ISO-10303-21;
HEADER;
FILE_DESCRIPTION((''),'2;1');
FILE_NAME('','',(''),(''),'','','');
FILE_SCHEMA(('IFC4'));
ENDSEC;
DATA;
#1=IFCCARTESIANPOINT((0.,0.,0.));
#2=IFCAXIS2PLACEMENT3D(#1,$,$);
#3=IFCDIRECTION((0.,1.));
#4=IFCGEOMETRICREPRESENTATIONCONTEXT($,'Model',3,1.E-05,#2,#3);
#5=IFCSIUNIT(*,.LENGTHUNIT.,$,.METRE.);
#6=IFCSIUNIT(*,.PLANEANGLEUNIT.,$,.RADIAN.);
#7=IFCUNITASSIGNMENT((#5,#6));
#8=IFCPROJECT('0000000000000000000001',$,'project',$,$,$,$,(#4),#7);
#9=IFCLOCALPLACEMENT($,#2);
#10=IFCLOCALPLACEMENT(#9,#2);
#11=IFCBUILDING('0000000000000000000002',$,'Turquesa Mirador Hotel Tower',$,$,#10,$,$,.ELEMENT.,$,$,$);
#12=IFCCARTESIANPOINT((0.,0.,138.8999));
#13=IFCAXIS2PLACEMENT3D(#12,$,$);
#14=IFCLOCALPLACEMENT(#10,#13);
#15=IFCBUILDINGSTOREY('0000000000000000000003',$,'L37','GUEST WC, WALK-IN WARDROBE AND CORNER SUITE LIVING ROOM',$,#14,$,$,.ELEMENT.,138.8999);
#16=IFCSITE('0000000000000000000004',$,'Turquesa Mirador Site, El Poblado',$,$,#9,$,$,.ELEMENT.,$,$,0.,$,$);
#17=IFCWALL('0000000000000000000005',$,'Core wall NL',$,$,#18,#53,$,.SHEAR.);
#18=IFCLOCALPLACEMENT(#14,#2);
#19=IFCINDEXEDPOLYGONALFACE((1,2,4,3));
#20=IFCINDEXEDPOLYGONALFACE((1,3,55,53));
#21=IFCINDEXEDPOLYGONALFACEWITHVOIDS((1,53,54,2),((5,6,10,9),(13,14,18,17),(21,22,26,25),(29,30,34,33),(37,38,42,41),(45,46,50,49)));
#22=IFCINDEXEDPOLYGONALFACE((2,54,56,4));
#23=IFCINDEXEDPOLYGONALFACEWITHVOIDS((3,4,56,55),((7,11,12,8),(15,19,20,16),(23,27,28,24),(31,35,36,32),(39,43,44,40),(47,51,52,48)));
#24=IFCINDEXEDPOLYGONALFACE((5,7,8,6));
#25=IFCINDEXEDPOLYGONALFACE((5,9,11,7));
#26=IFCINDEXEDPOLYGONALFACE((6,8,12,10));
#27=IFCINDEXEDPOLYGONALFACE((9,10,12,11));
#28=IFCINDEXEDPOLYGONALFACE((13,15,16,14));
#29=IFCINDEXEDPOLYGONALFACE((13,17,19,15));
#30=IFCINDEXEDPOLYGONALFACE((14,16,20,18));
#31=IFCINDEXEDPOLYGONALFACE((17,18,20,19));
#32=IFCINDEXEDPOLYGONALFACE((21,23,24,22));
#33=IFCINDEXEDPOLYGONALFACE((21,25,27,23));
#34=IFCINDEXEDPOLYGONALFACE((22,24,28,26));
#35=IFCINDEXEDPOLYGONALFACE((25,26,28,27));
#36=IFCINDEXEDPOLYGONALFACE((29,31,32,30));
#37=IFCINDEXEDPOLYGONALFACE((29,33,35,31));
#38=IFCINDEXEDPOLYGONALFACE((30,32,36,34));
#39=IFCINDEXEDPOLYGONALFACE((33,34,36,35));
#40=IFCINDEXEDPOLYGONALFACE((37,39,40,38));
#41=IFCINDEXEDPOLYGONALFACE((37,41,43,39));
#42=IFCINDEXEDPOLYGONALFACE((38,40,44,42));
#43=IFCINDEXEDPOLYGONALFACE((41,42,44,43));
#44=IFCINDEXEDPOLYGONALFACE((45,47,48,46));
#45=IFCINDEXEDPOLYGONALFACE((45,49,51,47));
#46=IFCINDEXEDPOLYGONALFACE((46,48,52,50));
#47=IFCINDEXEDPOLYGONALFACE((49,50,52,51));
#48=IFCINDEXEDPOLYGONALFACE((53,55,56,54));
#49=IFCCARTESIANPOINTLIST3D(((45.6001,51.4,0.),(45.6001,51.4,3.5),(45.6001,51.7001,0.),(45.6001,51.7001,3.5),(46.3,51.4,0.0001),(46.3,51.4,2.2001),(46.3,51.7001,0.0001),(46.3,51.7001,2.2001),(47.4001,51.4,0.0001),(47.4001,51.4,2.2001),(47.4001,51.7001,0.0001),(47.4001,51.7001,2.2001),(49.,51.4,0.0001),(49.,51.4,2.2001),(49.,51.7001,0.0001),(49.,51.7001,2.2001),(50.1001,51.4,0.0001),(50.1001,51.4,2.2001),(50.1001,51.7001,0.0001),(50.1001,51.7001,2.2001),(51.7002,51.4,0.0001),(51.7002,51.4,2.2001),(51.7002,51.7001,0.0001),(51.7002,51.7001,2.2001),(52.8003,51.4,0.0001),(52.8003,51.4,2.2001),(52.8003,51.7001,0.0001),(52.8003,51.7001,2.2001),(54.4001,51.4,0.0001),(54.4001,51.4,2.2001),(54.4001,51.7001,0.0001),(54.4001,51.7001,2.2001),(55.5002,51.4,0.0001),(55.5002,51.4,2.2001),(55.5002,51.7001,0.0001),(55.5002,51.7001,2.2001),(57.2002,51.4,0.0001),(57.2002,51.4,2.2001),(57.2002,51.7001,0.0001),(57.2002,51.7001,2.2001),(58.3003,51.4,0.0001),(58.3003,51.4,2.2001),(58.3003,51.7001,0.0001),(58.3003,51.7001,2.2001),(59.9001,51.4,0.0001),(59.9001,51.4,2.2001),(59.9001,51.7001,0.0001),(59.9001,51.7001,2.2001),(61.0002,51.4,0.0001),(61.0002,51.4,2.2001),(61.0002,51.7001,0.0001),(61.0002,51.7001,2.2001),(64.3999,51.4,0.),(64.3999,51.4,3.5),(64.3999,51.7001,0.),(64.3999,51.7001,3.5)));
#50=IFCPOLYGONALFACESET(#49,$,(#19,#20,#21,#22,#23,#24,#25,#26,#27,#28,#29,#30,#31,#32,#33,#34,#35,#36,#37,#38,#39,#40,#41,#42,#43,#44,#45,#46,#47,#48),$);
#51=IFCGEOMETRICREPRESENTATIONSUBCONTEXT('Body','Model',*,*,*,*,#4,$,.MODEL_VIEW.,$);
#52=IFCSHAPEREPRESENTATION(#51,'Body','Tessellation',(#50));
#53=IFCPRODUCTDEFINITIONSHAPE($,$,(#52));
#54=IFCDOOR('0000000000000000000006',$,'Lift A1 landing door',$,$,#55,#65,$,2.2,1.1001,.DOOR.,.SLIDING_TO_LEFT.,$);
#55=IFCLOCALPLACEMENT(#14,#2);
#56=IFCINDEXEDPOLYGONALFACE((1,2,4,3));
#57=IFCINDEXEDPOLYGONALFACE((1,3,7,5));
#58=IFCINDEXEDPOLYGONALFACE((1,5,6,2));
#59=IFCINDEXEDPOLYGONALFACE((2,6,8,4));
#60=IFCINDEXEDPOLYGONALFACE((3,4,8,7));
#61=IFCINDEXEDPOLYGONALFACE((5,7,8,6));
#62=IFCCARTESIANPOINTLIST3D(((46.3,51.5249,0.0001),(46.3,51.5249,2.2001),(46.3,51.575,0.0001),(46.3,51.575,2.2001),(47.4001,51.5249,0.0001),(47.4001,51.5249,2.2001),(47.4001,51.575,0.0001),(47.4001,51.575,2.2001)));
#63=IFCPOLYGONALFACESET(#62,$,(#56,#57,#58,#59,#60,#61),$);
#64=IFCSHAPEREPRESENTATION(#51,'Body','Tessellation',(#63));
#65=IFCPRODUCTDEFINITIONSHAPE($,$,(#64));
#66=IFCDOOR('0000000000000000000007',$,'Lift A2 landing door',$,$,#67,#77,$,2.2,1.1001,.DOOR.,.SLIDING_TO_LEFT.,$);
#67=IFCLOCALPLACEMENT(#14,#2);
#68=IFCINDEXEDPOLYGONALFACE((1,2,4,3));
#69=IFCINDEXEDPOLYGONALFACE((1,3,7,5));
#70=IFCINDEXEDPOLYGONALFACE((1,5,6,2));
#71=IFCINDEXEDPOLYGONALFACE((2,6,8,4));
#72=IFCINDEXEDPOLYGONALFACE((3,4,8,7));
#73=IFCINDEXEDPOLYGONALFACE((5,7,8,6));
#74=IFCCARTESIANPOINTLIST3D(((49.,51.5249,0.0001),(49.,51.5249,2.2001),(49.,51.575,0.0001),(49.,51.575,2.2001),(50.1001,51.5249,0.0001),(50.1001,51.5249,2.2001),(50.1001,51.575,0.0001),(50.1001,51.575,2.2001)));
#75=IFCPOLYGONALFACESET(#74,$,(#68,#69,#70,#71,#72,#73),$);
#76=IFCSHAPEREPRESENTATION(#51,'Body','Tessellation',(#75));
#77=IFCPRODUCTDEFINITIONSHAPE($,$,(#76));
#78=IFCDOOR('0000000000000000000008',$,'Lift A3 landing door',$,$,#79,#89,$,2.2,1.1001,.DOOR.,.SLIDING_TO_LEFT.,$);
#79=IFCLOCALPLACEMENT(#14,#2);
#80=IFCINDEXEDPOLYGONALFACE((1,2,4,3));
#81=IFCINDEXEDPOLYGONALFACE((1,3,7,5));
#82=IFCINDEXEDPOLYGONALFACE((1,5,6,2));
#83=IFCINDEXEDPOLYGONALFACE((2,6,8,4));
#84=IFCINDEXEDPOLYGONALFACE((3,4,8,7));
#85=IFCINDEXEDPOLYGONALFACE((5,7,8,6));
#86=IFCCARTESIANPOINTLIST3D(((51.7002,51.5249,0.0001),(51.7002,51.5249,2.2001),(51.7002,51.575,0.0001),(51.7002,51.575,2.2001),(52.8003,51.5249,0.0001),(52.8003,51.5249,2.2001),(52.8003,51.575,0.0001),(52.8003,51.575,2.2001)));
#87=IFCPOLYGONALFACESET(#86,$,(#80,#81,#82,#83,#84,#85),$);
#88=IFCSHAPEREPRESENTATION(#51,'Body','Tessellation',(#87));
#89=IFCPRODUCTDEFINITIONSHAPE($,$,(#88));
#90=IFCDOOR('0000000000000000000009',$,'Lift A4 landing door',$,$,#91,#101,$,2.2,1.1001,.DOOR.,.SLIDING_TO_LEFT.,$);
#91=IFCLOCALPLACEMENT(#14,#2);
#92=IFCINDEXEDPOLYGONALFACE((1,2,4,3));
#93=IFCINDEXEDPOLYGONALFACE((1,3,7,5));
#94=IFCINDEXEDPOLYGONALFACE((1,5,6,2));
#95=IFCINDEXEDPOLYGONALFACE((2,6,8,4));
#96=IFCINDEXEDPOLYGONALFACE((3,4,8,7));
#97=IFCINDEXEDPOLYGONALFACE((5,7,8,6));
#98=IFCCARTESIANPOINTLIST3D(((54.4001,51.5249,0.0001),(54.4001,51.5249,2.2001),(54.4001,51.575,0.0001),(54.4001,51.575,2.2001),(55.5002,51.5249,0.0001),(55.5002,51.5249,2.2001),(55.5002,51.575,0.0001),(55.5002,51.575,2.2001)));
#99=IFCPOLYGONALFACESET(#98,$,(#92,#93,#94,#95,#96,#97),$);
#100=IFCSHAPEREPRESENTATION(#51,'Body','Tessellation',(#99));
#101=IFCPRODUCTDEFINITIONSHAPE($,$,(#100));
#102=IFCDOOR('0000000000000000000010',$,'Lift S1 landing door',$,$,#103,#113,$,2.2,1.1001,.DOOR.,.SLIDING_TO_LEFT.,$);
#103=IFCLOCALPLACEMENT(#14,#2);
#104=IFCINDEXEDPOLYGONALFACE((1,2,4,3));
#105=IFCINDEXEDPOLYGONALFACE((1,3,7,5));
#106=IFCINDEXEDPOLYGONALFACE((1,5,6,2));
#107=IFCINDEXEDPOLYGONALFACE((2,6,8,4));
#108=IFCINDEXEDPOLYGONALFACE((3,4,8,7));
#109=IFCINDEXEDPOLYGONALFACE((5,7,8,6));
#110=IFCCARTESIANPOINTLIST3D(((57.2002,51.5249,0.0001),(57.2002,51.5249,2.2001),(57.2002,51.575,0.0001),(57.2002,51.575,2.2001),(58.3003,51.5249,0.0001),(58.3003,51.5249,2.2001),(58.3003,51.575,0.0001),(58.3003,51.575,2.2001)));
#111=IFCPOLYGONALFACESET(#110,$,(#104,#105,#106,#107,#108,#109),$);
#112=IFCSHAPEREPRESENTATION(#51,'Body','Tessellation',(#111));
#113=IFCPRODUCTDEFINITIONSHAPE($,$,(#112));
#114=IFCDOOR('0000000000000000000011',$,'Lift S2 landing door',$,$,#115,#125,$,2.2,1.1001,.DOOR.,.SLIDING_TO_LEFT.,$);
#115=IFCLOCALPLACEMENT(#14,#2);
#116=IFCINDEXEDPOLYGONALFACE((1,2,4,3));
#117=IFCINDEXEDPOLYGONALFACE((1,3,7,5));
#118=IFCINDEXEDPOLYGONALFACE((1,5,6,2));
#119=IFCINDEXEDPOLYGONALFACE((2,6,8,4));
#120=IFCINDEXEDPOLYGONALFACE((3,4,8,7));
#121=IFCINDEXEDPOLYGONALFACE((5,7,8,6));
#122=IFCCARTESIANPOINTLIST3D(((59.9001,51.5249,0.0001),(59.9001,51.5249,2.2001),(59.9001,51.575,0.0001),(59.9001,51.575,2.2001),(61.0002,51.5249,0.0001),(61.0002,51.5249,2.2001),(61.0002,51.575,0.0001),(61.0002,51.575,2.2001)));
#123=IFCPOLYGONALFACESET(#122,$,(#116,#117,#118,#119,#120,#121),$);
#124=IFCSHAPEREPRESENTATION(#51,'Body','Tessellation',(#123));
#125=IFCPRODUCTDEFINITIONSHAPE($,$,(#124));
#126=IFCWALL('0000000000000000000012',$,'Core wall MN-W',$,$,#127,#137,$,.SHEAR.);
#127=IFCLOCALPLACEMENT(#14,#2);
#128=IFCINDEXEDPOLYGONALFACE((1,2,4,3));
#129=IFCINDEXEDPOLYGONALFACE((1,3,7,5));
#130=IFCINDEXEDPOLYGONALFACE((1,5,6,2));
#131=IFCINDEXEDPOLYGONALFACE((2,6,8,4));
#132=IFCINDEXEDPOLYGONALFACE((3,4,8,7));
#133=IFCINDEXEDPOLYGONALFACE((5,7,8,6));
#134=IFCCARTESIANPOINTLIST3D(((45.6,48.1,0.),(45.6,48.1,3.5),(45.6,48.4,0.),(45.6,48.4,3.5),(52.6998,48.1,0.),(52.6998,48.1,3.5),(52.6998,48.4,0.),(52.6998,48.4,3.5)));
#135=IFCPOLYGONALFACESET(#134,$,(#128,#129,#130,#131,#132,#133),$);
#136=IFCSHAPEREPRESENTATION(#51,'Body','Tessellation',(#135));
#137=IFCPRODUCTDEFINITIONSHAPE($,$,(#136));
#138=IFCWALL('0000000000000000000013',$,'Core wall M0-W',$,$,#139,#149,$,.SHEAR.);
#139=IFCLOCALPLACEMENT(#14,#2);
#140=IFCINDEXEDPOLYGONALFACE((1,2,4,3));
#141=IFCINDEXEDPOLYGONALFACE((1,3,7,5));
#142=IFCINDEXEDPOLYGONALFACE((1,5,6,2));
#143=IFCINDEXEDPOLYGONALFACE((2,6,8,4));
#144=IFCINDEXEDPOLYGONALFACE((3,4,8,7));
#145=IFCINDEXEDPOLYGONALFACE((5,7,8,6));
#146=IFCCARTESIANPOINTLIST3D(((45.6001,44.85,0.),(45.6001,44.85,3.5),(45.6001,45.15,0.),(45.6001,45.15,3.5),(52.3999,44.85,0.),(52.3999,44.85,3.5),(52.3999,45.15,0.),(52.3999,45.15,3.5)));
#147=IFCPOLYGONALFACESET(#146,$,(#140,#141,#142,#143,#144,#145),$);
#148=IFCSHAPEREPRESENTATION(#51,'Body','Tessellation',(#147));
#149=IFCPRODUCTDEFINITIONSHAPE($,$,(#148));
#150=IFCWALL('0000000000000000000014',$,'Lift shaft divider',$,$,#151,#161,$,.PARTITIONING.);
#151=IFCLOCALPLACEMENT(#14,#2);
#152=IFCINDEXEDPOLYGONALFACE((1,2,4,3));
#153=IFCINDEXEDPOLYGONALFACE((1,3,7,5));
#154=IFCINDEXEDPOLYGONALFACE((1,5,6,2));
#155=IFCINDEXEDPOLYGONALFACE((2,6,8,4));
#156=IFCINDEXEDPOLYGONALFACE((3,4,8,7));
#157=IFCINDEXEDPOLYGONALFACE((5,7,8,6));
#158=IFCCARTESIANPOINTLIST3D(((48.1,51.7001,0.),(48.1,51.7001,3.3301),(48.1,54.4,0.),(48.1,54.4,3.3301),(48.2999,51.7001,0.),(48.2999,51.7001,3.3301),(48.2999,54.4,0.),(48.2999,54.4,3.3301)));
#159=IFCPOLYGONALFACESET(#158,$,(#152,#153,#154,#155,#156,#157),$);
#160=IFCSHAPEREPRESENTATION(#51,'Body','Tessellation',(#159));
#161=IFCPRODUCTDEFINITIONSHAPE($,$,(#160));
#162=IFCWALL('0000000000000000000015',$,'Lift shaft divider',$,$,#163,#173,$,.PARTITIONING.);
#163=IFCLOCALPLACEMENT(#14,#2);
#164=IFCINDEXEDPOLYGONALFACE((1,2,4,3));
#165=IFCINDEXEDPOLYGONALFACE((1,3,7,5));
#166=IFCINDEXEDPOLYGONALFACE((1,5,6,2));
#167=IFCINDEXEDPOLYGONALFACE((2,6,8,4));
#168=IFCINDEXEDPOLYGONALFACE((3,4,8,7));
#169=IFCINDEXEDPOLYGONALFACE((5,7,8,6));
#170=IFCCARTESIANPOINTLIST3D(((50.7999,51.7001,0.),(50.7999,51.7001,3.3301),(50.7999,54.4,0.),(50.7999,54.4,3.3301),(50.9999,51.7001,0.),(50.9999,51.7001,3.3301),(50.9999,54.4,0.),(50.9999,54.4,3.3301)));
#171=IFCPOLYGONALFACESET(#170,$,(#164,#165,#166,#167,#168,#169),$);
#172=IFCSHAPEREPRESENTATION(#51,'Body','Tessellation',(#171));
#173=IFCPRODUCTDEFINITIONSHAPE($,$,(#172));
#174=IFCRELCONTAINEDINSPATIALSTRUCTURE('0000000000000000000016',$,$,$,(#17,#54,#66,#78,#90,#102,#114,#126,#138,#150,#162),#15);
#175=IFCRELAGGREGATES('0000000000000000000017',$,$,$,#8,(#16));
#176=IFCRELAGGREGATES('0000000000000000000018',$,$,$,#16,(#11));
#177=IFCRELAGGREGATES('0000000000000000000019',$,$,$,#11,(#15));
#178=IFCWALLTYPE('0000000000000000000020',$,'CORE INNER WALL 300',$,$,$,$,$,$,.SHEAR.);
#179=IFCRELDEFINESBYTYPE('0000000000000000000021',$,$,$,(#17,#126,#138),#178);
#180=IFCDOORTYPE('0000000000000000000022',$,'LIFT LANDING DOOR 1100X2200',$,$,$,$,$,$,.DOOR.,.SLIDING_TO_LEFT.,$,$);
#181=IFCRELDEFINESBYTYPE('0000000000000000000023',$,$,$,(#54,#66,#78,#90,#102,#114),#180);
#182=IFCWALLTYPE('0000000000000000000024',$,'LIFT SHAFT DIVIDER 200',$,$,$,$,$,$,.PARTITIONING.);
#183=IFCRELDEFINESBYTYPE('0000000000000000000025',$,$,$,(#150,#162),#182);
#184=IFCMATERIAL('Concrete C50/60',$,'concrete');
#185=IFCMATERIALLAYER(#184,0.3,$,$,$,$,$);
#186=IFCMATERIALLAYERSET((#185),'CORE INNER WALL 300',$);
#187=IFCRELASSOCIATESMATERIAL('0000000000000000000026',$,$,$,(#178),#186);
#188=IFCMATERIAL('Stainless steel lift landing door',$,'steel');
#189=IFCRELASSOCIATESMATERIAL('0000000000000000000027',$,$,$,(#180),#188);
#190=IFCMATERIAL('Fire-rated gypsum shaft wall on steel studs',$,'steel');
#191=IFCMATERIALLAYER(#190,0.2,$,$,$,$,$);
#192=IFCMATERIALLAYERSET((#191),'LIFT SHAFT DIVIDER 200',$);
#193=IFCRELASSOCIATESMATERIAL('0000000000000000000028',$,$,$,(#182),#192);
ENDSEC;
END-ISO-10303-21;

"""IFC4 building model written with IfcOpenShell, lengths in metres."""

from ifc_helpers import new_model, si_unit, direction, frame, frame_2d, origin, place, context, subcontext, project, spatial, rectangle, extrude, material, layer, layer_set, type_object, element, fill, save


model = new_model("IFC4")

# Units and contexts
model_context = context("Model", 3, precision=1e-05, world=origin(), true_north=direction((0.0, 1.0)))
body_context = subcontext(model_context, "Body", "Model", "MODEL_VIEW")
ifc_project = project(units=[si_unit("LENGTHUNIT", "METRE"), si_unit("PLANEANGLEUNIT", "RADIAN")], contexts=[model_context])

# Site, building, storey
site_placement = place(None, origin())
site = spatial("IfcSite", under=ifc_project, at=site_placement, Name="Turquesa Mirador Site, El Poblado", CompositionType="ELEMENT", RefElevation=0.0)
building_placement = place(site_placement, origin())
building = spatial("IfcBuilding", under=site, at=building_placement, Name="Turquesa Mirador Hotel Tower", CompositionType="ELEMENT")
storey_placement = place(building_placement, frame((0.0, 0.0, 138.8999)))
storey = spatial("IfcBuildingStorey", under=building, at=storey_placement, Name="L37", Description="GUEST WC, WALK-IN WARDROBE AND CORNER SUITE LIVING ROOM", CompositionType="ELEMENT", Elevation=138.8999)

# Wall, openings, doors
ifc_material_1 = material(Name="Concrete C50/60", Category="concrete")
ifc_layer_1 = layer(ifc_material_1, 0.3)
ifc_layer_set_1 = layer_set([ifc_layer_1], Name="CORE INNER WALL 300")
wall_type_1 = type_object("IfcWallType", Name="CORE INNER WALL 300", PredefinedType="SHEAR", material=ifc_layer_set_1)
wall_1_placement = place(storey_placement, frame((45.6001, 51.55, 0.0), z_axis=(0.0, 0.0, 1.0), x_axis=(1.0, 0.0, 0.0)))
wall_1 = element("IfcWall", 1, at=wall_1_placement, inside=storey, type_object=wall_type_1, Name="Core wall NL", PredefinedType="SHEAR", context=body_context, shape_type="SweptSolid", body=[
    extrude(rectangle(XDim=18.7998, YDim=0.3, at=frame_2d((9.3999, 0.0))), origin(), (0.0, 0.0, 1.0), 3.5),
])
opening_1_placement = place(wall_1_placement, frame((0.7, 0.0, 0.0)))
opening_1 = element("IfcOpeningElement", 2, at=opening_1_placement, cuts=wall_1, PredefinedType="OPENING", context=body_context, shape_type="SweptSolid", body=[
    extrude(rectangle(XDim=1.1001, YDim=2.2, at=frame_2d((0.55, 1.1001))), frame((0.0, 0.1599, 0.0), z_axis=(0.0, -1.0, 0.0), x_axis=(1.0, 0.0, 0.0)), (0.0, 0.0, 1.0), 0.3201),
])
opening_2_placement = place(wall_1_placement, frame((3.3999, 0.0, 0.0)))
opening_2 = element("IfcOpeningElement", 3, at=opening_2_placement, cuts=wall_1, PredefinedType="OPENING", context=body_context, shape_type="SweptSolid", body=[
    extrude(rectangle(XDim=1.1001, YDim=2.2, at=frame_2d((0.55, 1.1001))), frame((0.0, 0.1599, 0.0), z_axis=(0.0, -1.0, 0.0), x_axis=(1.0, 0.0, 0.0)), (0.0, 0.0, 1.0), 0.3201),
])
opening_3_placement = place(wall_1_placement, frame((6.1001, 0.0, 0.0)))
opening_3 = element("IfcOpeningElement", 4, at=opening_3_placement, cuts=wall_1, PredefinedType="OPENING", context=body_context, shape_type="SweptSolid", body=[
    extrude(rectangle(XDim=1.1001, YDim=2.2, at=frame_2d((0.55, 1.1001))), frame((0.0, 0.1599, 0.0), z_axis=(0.0, -1.0, 0.0), x_axis=(1.0, 0.0, 0.0)), (0.0, 0.0, 1.0), 0.3201),
])
opening_4_placement = place(wall_1_placement, frame((8.8, 0.0, 0.0)))
opening_4 = element("IfcOpeningElement", 5, at=opening_4_placement, cuts=wall_1, PredefinedType="OPENING", context=body_context, shape_type="SweptSolid", body=[
    extrude(rectangle(XDim=1.1001, YDim=2.2, at=frame_2d((0.55, 1.1001))), frame((0.0, 0.1599, 0.0), z_axis=(0.0, -1.0, 0.0), x_axis=(1.0, 0.0, 0.0)), (0.0, 0.0, 1.0), 0.3201),
])
opening_5_placement = place(wall_1_placement, frame((11.6001, 0.0, 0.0)))
opening_5 = element("IfcOpeningElement", 6, at=opening_5_placement, cuts=wall_1, PredefinedType="OPENING", context=body_context, shape_type="SweptSolid", body=[
    extrude(rectangle(XDim=1.1001, YDim=2.2, at=frame_2d((0.55, 1.1001))), frame((0.0, 0.1599, 0.0), z_axis=(0.0, -1.0, 0.0), x_axis=(1.0, 0.0, 0.0)), (0.0, 0.0, 1.0), 0.3201),
])
opening_6_placement = place(wall_1_placement, frame((14.3, 0.0, 0.0)))
opening_6 = element("IfcOpeningElement", 7, at=opening_6_placement, cuts=wall_1, PredefinedType="OPENING", context=body_context, shape_type="SweptSolid", body=[
    extrude(rectangle(XDim=1.1001, YDim=2.2, at=frame_2d((0.55, 1.1001))), frame((0.0, 0.1599, 0.0), z_axis=(0.0, -1.0, 0.0), x_axis=(1.0, 0.0, 0.0)), (0.0, 0.0, 1.0), 0.3201),
])
ifc_material_2 = material(Name="Stainless steel lift landing door", Category="steel")
door_type_1 = type_object("IfcDoorType", Name="LIFT LANDING DOOR 1100X2200", OperationType="SLIDING_TO_LEFT", PredefinedType="DOOR", material=ifc_material_2)
door_1_placement = place(opening_1_placement, origin())
door_1 = element("IfcDoor", 8, at=door_1_placement, inside=storey, type_object=door_type_1, Name="Lift A1 landing door", OperationType="SLIDING_TO_LEFT", OverallHeight=2.2, OverallWidth=1.1001, PredefinedType="DOOR", context=body_context, shape_type="SweptSolid", body=[
    extrude(rectangle(XDim=1.1001, YDim=2.2, at=frame_2d((0.55, 1.1001))), frame((0.0, 0.0249, 0.0), z_axis=(0.0, -1.0, 0.0), x_axis=(1.0, 0.0, 0.0)), (0.0, 0.0, 1.0), 0.05),
])
fill(opening_1, door_1)
door_2_placement = place(opening_2_placement, origin())
door_2 = element("IfcDoor", 9, at=door_2_placement, inside=storey, type_object=door_type_1, Name="Lift A2 landing door", OperationType="SLIDING_TO_LEFT", OverallHeight=2.2, OverallWidth=1.1001, PredefinedType="DOOR", context=body_context, shape_type="SweptSolid", body=[
    extrude(rectangle(XDim=1.1001, YDim=2.2, at=frame_2d((0.55, 1.1001))), frame((0.0, 0.0249, 0.0), z_axis=(0.0, -1.0, 0.0), x_axis=(1.0, 0.0, 0.0)), (0.0, 0.0, 1.0), 0.05),
])
fill(opening_2, door_2)
door_3_placement = place(opening_3_placement, origin())
door_3 = element("IfcDoor", 10, at=door_3_placement, inside=storey, type_object=door_type_1, Name="Lift A3 landing door", OperationType="SLIDING_TO_LEFT", OverallHeight=2.2, OverallWidth=1.1001, PredefinedType="DOOR", context=body_context, shape_type="SweptSolid", body=[
    extrude(rectangle(XDim=1.1001, YDim=2.2, at=frame_2d((0.55, 1.1001))), frame((0.0, 0.0249, 0.0), z_axis=(0.0, -1.0, 0.0), x_axis=(1.0, 0.0, 0.0)), (0.0, 0.0, 1.0), 0.05),
])
fill(opening_3, door_3)
door_4_placement = place(opening_4_placement, origin())
door_4 = element("IfcDoor", 11, at=door_4_placement, inside=storey, type_object=door_type_1, Name="Lift A4 landing door", OperationType="SLIDING_TO_LEFT", OverallHeight=2.2, OverallWidth=1.1001, PredefinedType="DOOR", context=body_context, shape_type="SweptSolid", body=[
    extrude(rectangle(XDim=1.1001, YDim=2.2, at=frame_2d((0.55, 1.1001))), frame((0.0, 0.0249, 0.0), z_axis=(0.0, -1.0, 0.0), x_axis=(1.0, 0.0, 0.0)), (0.0, 0.0, 1.0), 0.05),
])
fill(opening_4, door_4)
door_5_placement = place(opening_5_placement, origin())
door_5 = element("IfcDoor", 12, at=door_5_placement, inside=storey, type_object=door_type_1, Name="Lift S1 landing door", OperationType="SLIDING_TO_LEFT", OverallHeight=2.2, OverallWidth=1.1001, PredefinedType="DOOR", context=body_context, shape_type="SweptSolid", body=[
    extrude(rectangle(XDim=1.1001, YDim=2.2, at=frame_2d((0.55, 1.1001))), frame((0.0, 0.0249, 0.0), z_axis=(0.0, -1.0, 0.0), x_axis=(1.0, 0.0, 0.0)), (0.0, 0.0, 1.0), 0.05),
])
fill(opening_5, door_5)
door_6_placement = place(opening_6_placement, origin())
door_6 = element("IfcDoor", 13, at=door_6_placement, inside=storey, type_object=door_type_1, Name="Lift S2 landing door", OperationType="SLIDING_TO_LEFT", OverallHeight=2.2, OverallWidth=1.1001, PredefinedType="DOOR", context=body_context, shape_type="SweptSolid", body=[
    extrude(rectangle(XDim=1.1001, YDim=2.2, at=frame_2d((0.55, 1.1001))), frame((0.0, 0.0249, 0.0), z_axis=(0.0, -1.0, 0.0), x_axis=(1.0, 0.0, 0.0)), (0.0, 0.0, 1.0), 0.05),
])
fill(opening_6, door_6)

# Walls
wall_2_placement = place(storey_placement, frame((45.6001, 48.25, 0.0), z_axis=(0.0, 0.0, 1.0), x_axis=(1.0, 0.0, 0.0)))
element("IfcWall", 14, at=wall_2_placement, inside=storey, type_object=wall_type_1, Name="Core wall MN-W", PredefinedType="SHEAR", context=body_context, shape_type="SweptSolid", body=[
    extrude(rectangle(XDim=7.0999, YDim=0.3, at=frame_2d((3.5498, 0.0))), origin(), (0.0, 0.0, 1.0), 3.5),
])
wall_3_placement = place(storey_placement, frame((45.6001, 45.0, 0.0), z_axis=(0.0, 0.0, 1.0), x_axis=(1.0, 0.0, 0.0)))
element("IfcWall", 15, at=wall_3_placement, inside=storey, type_object=wall_type_1, Name="Core wall M0-W", PredefinedType="SHEAR", context=body_context, shape_type="SweptSolid", body=[
    extrude(rectangle(XDim=6.7998, YDim=0.3, at=frame_2d((3.3999, 0.0))), origin(), (0.0, 0.0, 1.0), 3.5),
])
ifc_material_3 = material(Name="Fire-rated gypsum shaft wall on steel studs", Category="steel")
ifc_layer_2 = layer(ifc_material_3, 0.2)
ifc_layer_set_2 = layer_set([ifc_layer_2], Name="LIFT SHAFT DIVIDER 200")
wall_type_2 = type_object("IfcWallType", Name="LIFT SHAFT DIVIDER 200", PredefinedType="PARTITIONING", material=ifc_layer_set_2)
for number, where, z_axis, x_axis, name in (
    (16, (48.2, 51.7, 0.0), (0.0, 0.0, 1.0), (0.0, 1.0, 0.0), "Lift shaft divider"),
    (17, (50.8999, 51.7, 0.0), (0.0, 0.0, 1.0), (0.0, 1.0, 0.0), "Lift shaft divider"),
):
    element("IfcWall", number, at=place(storey_placement, frame(where, z_axis=z_axis, x_axis=x_axis)), inside=storey, type_object=wall_type_2, Name=name, PredefinedType="PARTITIONING", context=body_context, shape_type="SweptSolid", body=[
        extrude(rectangle(XDim=2.7, YDim=0.2, at=frame_2d((1.3501, 0.0))), origin(), (0.0, 0.0, 1.0), 3.3301),
    ])

save(model, "model.ifc")
